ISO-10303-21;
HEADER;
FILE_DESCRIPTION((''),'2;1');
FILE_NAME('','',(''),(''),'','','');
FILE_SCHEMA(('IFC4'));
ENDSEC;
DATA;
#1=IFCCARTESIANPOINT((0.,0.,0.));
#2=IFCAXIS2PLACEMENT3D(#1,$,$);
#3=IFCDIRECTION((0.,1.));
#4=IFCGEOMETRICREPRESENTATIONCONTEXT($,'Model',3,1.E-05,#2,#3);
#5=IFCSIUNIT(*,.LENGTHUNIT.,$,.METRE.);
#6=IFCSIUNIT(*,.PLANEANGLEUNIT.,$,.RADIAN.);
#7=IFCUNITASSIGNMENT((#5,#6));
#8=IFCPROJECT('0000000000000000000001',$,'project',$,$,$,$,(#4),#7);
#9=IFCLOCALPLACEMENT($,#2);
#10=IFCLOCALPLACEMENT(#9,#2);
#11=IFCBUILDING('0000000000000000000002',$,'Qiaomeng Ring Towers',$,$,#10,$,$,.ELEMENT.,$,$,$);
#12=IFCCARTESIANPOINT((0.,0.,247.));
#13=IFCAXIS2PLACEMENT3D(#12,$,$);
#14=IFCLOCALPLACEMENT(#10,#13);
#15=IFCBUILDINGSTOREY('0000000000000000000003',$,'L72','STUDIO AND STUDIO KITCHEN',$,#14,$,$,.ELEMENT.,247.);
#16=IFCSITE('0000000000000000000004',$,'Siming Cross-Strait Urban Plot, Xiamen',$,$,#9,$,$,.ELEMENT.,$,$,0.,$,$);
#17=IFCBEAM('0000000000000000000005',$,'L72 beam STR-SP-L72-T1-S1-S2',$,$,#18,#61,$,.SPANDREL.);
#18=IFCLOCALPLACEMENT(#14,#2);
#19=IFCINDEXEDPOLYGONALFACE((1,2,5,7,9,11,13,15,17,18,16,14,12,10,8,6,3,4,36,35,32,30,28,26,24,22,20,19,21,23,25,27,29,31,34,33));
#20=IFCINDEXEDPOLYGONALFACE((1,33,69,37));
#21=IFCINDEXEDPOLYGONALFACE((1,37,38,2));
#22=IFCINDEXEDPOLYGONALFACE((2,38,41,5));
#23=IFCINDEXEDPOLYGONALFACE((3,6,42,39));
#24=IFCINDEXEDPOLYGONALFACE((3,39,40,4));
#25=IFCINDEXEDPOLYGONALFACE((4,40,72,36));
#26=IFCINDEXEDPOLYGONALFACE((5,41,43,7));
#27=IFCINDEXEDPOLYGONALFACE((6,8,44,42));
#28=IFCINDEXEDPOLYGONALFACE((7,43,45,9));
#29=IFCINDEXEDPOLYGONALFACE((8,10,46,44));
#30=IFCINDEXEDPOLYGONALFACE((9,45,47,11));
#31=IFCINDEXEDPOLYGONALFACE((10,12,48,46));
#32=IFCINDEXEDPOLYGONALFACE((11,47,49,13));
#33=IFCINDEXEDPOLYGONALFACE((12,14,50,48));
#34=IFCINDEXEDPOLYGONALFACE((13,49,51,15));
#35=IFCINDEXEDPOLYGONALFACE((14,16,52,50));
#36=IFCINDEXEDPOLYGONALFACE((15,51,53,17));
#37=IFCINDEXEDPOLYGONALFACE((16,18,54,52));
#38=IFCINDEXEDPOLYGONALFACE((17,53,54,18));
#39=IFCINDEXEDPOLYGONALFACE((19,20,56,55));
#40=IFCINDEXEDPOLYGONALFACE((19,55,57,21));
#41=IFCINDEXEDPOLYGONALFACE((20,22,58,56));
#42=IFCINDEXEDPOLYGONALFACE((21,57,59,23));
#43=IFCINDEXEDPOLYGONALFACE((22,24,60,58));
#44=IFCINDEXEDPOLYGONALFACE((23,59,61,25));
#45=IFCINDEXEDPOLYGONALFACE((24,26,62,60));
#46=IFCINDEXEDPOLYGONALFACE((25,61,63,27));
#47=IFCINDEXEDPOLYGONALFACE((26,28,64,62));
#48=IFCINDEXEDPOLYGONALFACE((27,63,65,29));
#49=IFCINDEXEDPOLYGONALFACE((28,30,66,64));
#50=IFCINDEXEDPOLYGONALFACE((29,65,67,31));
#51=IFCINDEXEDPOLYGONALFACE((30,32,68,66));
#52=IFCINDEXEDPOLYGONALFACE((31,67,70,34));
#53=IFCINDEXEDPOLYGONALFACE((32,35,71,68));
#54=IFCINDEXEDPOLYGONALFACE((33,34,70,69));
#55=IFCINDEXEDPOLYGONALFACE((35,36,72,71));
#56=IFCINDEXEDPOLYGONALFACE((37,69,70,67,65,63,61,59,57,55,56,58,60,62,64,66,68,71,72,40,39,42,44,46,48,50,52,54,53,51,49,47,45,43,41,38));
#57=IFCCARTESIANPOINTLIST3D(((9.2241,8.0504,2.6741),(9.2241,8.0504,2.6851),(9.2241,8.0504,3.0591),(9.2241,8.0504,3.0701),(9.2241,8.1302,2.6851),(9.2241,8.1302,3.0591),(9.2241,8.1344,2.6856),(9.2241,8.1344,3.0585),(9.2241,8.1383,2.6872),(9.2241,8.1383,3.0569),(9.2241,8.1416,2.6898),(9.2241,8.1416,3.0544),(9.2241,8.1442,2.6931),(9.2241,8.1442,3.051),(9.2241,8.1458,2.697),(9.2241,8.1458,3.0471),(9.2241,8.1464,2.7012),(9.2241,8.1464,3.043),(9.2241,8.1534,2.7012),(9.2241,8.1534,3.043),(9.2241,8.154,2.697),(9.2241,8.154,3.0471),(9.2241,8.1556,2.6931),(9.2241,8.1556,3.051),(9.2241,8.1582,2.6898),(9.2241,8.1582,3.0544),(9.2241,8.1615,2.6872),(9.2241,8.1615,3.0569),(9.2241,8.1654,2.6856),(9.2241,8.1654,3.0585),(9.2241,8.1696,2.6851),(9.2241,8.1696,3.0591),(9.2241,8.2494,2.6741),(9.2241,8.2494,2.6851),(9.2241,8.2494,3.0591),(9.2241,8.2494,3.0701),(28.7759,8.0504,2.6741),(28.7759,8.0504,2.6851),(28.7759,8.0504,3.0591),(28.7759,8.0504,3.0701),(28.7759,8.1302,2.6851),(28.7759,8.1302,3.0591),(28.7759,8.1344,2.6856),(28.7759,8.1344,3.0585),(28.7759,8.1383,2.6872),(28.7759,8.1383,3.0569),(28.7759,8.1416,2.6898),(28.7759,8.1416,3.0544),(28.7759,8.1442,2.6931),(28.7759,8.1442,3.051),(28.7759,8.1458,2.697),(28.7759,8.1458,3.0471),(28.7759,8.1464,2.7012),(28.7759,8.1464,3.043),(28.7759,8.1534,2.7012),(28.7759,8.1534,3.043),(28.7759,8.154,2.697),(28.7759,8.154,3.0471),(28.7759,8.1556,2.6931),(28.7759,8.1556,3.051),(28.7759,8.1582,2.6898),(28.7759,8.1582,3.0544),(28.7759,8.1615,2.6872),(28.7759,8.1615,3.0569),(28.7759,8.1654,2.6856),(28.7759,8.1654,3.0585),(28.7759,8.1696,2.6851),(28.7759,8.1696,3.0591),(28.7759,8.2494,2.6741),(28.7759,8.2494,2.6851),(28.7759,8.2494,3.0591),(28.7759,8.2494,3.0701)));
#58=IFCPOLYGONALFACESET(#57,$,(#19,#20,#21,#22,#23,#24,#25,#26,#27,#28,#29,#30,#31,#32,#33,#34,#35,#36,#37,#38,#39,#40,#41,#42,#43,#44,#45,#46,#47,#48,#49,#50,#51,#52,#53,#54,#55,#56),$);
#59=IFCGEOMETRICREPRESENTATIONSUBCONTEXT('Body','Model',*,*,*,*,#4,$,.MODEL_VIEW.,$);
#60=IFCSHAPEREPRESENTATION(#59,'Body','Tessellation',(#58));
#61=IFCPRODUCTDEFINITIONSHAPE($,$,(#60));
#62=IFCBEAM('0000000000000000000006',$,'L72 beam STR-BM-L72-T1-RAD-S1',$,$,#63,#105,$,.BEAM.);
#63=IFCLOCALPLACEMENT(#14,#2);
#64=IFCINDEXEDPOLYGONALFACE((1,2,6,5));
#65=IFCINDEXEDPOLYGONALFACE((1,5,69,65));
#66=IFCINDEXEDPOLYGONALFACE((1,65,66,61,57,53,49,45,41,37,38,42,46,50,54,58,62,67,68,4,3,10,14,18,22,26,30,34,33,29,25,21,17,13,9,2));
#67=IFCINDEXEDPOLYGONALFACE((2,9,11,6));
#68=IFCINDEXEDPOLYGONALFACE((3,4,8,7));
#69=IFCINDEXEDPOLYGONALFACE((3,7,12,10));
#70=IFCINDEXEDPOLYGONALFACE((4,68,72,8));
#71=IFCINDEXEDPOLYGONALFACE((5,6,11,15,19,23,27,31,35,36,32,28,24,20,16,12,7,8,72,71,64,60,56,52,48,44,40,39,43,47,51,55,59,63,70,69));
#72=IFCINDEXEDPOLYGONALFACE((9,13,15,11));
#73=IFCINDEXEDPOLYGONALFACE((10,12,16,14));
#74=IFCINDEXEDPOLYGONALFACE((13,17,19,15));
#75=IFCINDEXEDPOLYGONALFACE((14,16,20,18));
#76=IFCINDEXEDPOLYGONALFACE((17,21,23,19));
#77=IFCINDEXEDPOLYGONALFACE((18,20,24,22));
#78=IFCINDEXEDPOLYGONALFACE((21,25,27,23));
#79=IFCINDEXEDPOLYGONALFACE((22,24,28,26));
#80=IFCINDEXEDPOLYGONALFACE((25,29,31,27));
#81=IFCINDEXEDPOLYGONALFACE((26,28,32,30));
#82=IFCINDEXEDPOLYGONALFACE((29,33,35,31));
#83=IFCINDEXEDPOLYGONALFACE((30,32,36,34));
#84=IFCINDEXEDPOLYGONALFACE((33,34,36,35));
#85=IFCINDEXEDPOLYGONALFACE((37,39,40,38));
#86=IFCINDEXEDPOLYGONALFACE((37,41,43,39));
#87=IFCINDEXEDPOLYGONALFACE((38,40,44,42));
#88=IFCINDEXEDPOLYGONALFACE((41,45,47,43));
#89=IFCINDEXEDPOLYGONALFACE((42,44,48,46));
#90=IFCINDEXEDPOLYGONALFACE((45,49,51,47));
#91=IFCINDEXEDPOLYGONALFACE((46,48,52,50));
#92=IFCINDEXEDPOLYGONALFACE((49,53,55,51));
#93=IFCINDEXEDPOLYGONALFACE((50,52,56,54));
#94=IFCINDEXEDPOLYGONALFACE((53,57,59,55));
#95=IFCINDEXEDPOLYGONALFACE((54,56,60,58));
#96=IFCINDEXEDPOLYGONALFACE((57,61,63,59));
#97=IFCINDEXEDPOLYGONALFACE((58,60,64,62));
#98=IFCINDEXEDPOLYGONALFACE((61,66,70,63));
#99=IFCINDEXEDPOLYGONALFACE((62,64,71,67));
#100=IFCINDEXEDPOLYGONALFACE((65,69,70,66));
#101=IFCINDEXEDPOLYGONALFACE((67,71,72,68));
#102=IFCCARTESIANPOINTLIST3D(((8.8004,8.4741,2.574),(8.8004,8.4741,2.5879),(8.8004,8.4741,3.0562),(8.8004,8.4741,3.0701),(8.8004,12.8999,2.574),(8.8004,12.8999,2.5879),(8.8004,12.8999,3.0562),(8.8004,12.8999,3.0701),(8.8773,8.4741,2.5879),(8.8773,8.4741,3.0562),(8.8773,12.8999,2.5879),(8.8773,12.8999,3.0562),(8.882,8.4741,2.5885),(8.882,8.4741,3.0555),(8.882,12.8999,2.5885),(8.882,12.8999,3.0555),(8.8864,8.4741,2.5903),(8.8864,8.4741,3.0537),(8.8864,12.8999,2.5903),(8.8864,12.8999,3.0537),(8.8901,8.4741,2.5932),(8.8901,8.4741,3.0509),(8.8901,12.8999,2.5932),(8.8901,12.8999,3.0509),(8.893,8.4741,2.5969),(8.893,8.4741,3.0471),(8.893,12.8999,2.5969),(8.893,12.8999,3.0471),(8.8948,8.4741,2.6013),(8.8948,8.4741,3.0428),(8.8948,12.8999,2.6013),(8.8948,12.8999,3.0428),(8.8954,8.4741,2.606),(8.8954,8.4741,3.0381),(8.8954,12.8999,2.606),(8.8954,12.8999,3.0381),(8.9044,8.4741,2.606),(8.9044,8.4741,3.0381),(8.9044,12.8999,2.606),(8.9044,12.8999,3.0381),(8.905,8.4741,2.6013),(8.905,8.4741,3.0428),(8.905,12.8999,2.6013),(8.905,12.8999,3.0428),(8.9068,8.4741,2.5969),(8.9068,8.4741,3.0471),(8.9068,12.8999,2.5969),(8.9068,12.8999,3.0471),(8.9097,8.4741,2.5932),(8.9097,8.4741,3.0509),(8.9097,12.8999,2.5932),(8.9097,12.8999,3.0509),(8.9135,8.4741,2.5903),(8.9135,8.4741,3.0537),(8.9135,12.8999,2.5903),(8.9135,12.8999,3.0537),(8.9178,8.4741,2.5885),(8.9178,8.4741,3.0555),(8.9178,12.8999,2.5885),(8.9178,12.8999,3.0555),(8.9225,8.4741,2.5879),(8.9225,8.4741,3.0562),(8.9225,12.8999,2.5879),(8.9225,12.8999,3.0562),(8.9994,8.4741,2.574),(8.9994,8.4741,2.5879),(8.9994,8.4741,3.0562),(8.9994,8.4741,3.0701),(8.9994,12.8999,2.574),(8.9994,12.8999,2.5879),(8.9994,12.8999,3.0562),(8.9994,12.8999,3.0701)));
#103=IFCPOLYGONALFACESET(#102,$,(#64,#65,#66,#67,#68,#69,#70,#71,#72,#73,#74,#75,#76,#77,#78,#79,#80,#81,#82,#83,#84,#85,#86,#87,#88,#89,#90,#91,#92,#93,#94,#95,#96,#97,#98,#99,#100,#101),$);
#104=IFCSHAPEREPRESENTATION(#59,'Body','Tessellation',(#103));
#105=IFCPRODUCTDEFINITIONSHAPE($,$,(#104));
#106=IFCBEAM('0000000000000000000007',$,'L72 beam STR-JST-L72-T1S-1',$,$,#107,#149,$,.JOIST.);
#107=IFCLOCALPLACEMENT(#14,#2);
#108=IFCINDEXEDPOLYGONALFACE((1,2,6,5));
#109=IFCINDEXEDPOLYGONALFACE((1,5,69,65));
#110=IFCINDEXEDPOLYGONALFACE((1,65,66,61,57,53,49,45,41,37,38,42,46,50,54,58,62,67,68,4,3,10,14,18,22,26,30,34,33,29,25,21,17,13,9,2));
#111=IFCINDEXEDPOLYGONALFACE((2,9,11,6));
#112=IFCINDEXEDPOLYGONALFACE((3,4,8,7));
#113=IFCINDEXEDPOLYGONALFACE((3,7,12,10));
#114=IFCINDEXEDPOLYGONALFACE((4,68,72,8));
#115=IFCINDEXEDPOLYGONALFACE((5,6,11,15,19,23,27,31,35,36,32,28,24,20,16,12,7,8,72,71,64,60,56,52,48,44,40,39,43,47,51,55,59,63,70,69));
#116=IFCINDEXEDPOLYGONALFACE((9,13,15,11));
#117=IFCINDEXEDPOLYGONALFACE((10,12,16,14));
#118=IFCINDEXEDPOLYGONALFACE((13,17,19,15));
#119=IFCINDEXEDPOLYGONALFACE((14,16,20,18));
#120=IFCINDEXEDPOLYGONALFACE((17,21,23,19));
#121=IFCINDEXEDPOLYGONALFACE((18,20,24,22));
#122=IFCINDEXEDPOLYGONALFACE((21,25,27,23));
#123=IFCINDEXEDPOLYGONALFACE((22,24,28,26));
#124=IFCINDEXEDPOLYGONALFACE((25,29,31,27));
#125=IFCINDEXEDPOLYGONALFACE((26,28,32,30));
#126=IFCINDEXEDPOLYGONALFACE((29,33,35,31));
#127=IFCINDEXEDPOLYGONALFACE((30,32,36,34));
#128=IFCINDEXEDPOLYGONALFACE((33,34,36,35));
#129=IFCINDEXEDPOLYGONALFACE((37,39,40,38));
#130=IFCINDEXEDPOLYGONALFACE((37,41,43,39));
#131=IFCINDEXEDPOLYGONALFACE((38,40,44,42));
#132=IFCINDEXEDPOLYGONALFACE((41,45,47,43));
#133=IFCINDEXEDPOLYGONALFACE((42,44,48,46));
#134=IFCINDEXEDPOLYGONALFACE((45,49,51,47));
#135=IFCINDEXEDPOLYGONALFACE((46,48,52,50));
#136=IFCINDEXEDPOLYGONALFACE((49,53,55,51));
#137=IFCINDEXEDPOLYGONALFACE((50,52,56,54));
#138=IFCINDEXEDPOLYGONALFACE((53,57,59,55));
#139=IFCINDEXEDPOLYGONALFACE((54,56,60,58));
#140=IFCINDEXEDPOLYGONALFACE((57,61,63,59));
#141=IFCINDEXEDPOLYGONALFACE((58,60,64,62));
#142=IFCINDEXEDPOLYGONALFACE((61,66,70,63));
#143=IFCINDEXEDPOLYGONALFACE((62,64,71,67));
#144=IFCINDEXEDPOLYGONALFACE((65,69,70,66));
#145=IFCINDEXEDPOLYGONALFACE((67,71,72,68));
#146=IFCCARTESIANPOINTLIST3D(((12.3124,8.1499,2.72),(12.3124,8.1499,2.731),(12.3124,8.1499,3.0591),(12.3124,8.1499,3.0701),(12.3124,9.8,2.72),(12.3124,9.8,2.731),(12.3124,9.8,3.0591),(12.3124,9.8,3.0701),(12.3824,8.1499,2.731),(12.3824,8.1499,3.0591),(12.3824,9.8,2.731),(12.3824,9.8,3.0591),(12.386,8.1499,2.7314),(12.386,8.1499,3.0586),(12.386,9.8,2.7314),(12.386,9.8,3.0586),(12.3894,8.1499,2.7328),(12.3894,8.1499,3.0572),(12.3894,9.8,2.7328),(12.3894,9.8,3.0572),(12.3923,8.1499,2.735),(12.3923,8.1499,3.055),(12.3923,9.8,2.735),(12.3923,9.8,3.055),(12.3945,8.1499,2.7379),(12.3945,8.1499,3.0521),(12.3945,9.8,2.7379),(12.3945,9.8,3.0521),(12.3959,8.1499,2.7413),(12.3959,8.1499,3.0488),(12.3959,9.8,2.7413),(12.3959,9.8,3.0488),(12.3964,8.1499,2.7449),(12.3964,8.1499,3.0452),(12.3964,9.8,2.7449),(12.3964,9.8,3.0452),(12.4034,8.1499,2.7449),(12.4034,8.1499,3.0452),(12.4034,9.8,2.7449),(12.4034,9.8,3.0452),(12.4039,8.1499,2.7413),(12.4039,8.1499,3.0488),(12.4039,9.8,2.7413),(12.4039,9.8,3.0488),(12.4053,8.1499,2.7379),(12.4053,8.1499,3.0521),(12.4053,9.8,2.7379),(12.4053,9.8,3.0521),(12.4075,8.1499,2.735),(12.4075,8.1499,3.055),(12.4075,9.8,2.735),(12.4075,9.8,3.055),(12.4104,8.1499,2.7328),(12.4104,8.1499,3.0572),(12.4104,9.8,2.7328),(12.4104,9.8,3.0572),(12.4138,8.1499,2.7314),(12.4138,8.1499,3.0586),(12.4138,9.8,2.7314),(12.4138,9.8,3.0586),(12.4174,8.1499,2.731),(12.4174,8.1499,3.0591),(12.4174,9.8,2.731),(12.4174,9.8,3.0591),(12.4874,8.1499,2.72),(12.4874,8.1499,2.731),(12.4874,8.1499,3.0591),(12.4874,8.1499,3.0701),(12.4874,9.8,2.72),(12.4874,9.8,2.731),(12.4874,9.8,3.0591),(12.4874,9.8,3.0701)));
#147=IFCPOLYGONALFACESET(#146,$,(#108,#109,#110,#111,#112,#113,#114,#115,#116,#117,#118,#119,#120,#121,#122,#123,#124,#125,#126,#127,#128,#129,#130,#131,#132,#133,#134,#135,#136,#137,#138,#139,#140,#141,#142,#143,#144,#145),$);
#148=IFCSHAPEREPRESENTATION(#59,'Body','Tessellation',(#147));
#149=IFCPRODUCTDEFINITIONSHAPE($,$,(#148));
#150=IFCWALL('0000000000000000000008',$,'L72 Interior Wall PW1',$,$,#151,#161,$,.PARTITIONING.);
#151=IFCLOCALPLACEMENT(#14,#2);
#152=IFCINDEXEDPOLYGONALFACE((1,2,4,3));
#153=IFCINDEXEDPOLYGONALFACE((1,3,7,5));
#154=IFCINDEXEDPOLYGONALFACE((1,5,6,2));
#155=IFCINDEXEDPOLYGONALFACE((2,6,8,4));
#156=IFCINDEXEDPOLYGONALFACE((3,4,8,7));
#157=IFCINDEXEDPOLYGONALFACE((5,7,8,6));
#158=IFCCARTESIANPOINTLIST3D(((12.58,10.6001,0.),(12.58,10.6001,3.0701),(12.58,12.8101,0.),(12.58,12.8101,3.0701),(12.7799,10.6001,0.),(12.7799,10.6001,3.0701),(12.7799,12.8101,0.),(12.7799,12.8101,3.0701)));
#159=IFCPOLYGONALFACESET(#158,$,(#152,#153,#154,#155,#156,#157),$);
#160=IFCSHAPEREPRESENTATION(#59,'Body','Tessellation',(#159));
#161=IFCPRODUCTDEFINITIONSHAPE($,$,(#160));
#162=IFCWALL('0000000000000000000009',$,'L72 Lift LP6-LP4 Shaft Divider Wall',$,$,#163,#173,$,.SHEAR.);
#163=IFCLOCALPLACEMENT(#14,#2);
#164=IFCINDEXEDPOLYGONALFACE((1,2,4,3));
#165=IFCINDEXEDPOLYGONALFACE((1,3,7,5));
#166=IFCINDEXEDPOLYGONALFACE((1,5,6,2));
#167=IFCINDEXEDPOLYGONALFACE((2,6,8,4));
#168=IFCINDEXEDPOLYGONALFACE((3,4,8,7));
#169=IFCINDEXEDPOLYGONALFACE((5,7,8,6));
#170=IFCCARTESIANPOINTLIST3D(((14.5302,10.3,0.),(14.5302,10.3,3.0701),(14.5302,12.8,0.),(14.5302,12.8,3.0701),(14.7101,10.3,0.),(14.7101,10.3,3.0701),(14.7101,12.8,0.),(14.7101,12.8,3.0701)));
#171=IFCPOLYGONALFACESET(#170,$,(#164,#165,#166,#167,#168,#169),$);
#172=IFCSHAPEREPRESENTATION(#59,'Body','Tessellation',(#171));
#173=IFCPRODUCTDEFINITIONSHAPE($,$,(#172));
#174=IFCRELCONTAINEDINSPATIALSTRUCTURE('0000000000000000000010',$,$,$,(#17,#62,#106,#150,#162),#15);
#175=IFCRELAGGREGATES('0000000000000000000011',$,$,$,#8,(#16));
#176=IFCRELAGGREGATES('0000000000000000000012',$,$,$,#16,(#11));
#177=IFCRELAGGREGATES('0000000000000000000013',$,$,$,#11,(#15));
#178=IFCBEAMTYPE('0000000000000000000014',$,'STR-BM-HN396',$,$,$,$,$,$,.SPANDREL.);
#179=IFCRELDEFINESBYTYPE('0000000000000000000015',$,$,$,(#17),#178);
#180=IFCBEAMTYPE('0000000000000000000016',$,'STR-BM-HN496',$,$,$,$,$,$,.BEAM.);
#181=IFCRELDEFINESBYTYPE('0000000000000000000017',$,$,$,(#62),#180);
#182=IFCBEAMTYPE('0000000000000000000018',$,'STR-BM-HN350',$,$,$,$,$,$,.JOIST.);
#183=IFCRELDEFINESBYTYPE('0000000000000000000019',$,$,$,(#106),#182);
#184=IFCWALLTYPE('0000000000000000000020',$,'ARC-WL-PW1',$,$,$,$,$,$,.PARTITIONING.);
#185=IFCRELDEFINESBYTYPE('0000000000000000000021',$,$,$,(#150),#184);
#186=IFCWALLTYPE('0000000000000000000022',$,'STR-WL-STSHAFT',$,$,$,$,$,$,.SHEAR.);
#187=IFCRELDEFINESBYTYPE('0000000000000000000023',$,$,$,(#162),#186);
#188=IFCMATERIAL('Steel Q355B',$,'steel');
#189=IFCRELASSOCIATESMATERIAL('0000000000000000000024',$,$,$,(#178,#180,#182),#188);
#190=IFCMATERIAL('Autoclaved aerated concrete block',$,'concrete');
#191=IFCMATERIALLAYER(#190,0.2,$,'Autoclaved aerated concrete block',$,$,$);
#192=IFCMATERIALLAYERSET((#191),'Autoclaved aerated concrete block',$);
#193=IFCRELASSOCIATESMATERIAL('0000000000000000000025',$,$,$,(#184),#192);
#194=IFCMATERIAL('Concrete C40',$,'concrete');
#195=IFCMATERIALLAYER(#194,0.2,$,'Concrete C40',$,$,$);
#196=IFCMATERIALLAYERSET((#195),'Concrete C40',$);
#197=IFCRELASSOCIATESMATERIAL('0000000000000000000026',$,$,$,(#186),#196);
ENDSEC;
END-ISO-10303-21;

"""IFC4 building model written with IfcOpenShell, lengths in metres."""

from ifc_helpers import new_model, si_unit, direction, frame, frame_2d, origin, origin_2d, place, context, subcontext, project, spatial, rectangle, i_section, extrude, source, transform, mapped, material, layer, layer_set, material_profile, profile_set, type_object, element, save


model = new_model("IFC4")

# Units and contexts
model_context = context("Model", 3, precision=1e-05, world=origin(), true_north=direction((0.0, 1.0)))
body_context = subcontext(model_context, "Body", "Model", "MODEL_VIEW")
ifc_project = project(units=[si_unit("LENGTHUNIT", "METRE"), si_unit("PLANEANGLEUNIT", "RADIAN")], contexts=[model_context])

# Site, building, storey
site_placement = place(None, origin())
site = spatial("IfcSite", under=ifc_project, at=site_placement, Name="Siming Cross-Strait Urban Plot, Xiamen", CompositionType="ELEMENT", RefElevation=0.0)
building_placement = place(site_placement, origin())
building = spatial("IfcBuilding", under=site, at=building_placement, Name="Qiaomeng Ring Towers", CompositionType="ELEMENT")
storey_placement = place(building_placement, frame((0.0, 0.0, 247.0)))
storey = spatial("IfcBuildingStorey", under=building, at=storey_placement, Name="L72", Description="STUDIO AND STUDIO KITCHEN", CompositionType="ELEMENT", Elevation=247.0)

# Beams
ifc_material_1 = material(Name="Steel Q355B", Category="steel")
ifc_material_profile_1 = material_profile(ifc_material_1, i_section(OverallWidth=0.199, OverallDepth=0.396, WebThickness=0.0071, FlangeThickness=0.011, FilletRadius=0.0161, at=origin_2d()), Name="HN 396x199x7x11")
ifc_profile_set_1 = profile_set([ifc_material_profile_1], Name="Steel Q355B")
beam_type_1 = type_object("IfcBeamType", Name="STR-BM-HN396", PredefinedType="SPANDREL", material=ifc_profile_set_1)
shared_shape_1 = source(origin(), body_context, "Body", "SweptSolid", [
    extrude(i_section(OverallWidth=0.199, OverallDepth=0.396, WebThickness=0.0071, FlangeThickness=0.011, FilletRadius=0.0161, at=origin_2d()), origin(), (0.0, 0.0, 1.0), 19.5518),
])
beam_1_placement = place(storey_placement, frame((9.2241, 8.1499, 2.8721), z_axis=(1.0, 0.0, 0.0), x_axis=(0.0, 1.0, 0.0)))
element("IfcBeam", 1, at=beam_1_placement, inside=storey, type_object=beam_type_1, Name="L72 beam STR-SP-L72-T1-S1-S2", PredefinedType="SPANDREL", context=body_context, shape_type="MappedRepresentation", body=[
    mapped(shared_shape_1, transform((0.0, 0.0, 0.0), x_axis=(1.0, 0.0, 0.0), y_axis=(0.0, 1.0, 0.0), z_axis=(0.0, 0.0, 1.0), scale=1.0)),
])
ifc_material_profile_2 = material_profile(ifc_material_1, i_section(OverallWidth=0.199, OverallDepth=0.4961, WebThickness=0.009, FlangeThickness=0.0139, FilletRadius=0.0181, at=origin_2d()), Name="HN 496x199x9x14")
ifc_profile_set_2 = profile_set([ifc_material_profile_2], Name="Steel Q355B")
beam_type_2 = type_object("IfcBeamType", Name="STR-BM-HN496", PredefinedType="BEAM", material=ifc_profile_set_2)
shared_shape_2 = source(origin(), body_context, "Body", "SweptSolid", [
    extrude(i_section(OverallWidth=0.199, OverallDepth=0.4961, WebThickness=0.009, FlangeThickness=0.0139, FilletRadius=0.0181, at=origin_2d()), origin(), (0.0, 0.0, 1.0), 4.4258),
])
beam_2_placement = place(storey_placement, frame((8.8999, 8.4741, 2.822), z_axis=(0.0, 1.0, 0.0), x_axis=(-1.0, 0.0, 0.0)))
element("IfcBeam", 2, at=beam_2_placement, inside=storey, type_object=beam_type_2, Name="L72 beam STR-BM-L72-T1-RAD-S1", PredefinedType="BEAM", context=body_context, shape_type="MappedRepresentation", body=[
    mapped(shared_shape_2, transform((0.0, 0.0, 0.0), x_axis=(1.0, 0.0, 0.0), y_axis=(0.0, 1.0, 0.0), z_axis=(0.0, 0.0, 1.0), scale=1.0)),
])
ifc_material_profile_3 = material_profile(ifc_material_1, i_section(OverallWidth=0.175, OverallDepth=0.3501, WebThickness=0.0071, FlangeThickness=0.011, FilletRadius=0.0139, at=origin_2d()), Name="HN 350x175x7x11")
ifc_profile_set_3 = profile_set([ifc_material_profile_3], Name="Steel Q355B")
beam_type_3 = type_object("IfcBeamType", Name="STR-BM-HN350", PredefinedType="JOIST", material=ifc_profile_set_3)
shared_shape_3 = source(origin(), body_context, "Body", "SweptSolid", [
    extrude(i_section(OverallWidth=0.175, OverallDepth=0.3501, WebThickness=0.0071, FlangeThickness=0.011, FilletRadius=0.0139, at=origin_2d()), origin(), (0.0, 0.0, 1.0), 1.6501),
])
beam_3_placement = place(storey_placement, frame((12.3999, 8.1499, 2.895), z_axis=(0.0, 1.0, 0.0), x_axis=(-1.0, 0.0, 0.0)))
element("IfcBeam", 3, at=beam_3_placement, inside=storey, type_object=beam_type_3, Name="L72 beam STR-JST-L72-T1S-1", PredefinedType="JOIST", context=body_context, shape_type="MappedRepresentation", body=[
    mapped(shared_shape_3, transform((0.0, 0.0, 0.0), x_axis=(1.0, 0.0, 0.0), y_axis=(0.0, 1.0, 0.0), z_axis=(0.0, 0.0, 1.0), scale=1.0)),
])

# Walls
ifc_material_2 = material(Name="Autoclaved aerated concrete block", Category="concrete")
ifc_layer_1 = layer(ifc_material_2, 0.2, Name="Autoclaved aerated concrete block")
ifc_layer_set_1 = layer_set([ifc_layer_1], Name="Autoclaved aerated concrete block")
wall_type_1 = type_object("IfcWallType", Name="ARC-WL-PW1", PredefinedType="PARTITIONING", material=ifc_layer_set_1)
wall_1_placement = place(storey_placement, frame((12.6799, 10.6001, 0.0), z_axis=(0.0, 0.0, 1.0), x_axis=(0.0, 1.0, 0.0)))
element("IfcWall", 4, at=wall_1_placement, inside=storey, type_object=wall_type_1, Name="L72 Interior Wall PW1", PredefinedType="PARTITIONING", context=body_context, shape_type="SweptSolid", body=[
    extrude(rectangle(XDim=2.21, YDim=0.2, at=frame_2d((1.105, 0.0))), origin(), (0.0, 0.0, 1.0), 3.0701),
])
ifc_material_3 = material(Name="Concrete C40", Category="concrete")
ifc_layer_2 = layer(ifc_material_3, 0.2, Name="Concrete C40")
ifc_layer_set_2 = layer_set([ifc_layer_2], Name="Concrete C40")
wall_type_2 = type_object("IfcWallType", Name="STR-WL-STSHAFT", PredefinedType="SHEAR", material=ifc_layer_set_2)
wall_2_placement = place(storey_placement, frame((14.6201, 10.3, 0.0), z_axis=(0.0, 0.0, 1.0), x_axis=(0.0, 1.0, 0.0)))
element("IfcWall", 5, at=wall_2_placement, inside=storey, type_object=wall_type_2, Name="L72 Lift LP6-LP4 Shaft Divider Wall", PredefinedType="SHEAR", context=body_context, shape_type="SweptSolid", body=[
    extrude(rectangle(XDim=2.5, YDim=0.1799, at=frame_2d((1.25, 0.0))), origin(), (0.0, 0.0, 1.0), 3.0701),
])

save(model, "model.ifc")
